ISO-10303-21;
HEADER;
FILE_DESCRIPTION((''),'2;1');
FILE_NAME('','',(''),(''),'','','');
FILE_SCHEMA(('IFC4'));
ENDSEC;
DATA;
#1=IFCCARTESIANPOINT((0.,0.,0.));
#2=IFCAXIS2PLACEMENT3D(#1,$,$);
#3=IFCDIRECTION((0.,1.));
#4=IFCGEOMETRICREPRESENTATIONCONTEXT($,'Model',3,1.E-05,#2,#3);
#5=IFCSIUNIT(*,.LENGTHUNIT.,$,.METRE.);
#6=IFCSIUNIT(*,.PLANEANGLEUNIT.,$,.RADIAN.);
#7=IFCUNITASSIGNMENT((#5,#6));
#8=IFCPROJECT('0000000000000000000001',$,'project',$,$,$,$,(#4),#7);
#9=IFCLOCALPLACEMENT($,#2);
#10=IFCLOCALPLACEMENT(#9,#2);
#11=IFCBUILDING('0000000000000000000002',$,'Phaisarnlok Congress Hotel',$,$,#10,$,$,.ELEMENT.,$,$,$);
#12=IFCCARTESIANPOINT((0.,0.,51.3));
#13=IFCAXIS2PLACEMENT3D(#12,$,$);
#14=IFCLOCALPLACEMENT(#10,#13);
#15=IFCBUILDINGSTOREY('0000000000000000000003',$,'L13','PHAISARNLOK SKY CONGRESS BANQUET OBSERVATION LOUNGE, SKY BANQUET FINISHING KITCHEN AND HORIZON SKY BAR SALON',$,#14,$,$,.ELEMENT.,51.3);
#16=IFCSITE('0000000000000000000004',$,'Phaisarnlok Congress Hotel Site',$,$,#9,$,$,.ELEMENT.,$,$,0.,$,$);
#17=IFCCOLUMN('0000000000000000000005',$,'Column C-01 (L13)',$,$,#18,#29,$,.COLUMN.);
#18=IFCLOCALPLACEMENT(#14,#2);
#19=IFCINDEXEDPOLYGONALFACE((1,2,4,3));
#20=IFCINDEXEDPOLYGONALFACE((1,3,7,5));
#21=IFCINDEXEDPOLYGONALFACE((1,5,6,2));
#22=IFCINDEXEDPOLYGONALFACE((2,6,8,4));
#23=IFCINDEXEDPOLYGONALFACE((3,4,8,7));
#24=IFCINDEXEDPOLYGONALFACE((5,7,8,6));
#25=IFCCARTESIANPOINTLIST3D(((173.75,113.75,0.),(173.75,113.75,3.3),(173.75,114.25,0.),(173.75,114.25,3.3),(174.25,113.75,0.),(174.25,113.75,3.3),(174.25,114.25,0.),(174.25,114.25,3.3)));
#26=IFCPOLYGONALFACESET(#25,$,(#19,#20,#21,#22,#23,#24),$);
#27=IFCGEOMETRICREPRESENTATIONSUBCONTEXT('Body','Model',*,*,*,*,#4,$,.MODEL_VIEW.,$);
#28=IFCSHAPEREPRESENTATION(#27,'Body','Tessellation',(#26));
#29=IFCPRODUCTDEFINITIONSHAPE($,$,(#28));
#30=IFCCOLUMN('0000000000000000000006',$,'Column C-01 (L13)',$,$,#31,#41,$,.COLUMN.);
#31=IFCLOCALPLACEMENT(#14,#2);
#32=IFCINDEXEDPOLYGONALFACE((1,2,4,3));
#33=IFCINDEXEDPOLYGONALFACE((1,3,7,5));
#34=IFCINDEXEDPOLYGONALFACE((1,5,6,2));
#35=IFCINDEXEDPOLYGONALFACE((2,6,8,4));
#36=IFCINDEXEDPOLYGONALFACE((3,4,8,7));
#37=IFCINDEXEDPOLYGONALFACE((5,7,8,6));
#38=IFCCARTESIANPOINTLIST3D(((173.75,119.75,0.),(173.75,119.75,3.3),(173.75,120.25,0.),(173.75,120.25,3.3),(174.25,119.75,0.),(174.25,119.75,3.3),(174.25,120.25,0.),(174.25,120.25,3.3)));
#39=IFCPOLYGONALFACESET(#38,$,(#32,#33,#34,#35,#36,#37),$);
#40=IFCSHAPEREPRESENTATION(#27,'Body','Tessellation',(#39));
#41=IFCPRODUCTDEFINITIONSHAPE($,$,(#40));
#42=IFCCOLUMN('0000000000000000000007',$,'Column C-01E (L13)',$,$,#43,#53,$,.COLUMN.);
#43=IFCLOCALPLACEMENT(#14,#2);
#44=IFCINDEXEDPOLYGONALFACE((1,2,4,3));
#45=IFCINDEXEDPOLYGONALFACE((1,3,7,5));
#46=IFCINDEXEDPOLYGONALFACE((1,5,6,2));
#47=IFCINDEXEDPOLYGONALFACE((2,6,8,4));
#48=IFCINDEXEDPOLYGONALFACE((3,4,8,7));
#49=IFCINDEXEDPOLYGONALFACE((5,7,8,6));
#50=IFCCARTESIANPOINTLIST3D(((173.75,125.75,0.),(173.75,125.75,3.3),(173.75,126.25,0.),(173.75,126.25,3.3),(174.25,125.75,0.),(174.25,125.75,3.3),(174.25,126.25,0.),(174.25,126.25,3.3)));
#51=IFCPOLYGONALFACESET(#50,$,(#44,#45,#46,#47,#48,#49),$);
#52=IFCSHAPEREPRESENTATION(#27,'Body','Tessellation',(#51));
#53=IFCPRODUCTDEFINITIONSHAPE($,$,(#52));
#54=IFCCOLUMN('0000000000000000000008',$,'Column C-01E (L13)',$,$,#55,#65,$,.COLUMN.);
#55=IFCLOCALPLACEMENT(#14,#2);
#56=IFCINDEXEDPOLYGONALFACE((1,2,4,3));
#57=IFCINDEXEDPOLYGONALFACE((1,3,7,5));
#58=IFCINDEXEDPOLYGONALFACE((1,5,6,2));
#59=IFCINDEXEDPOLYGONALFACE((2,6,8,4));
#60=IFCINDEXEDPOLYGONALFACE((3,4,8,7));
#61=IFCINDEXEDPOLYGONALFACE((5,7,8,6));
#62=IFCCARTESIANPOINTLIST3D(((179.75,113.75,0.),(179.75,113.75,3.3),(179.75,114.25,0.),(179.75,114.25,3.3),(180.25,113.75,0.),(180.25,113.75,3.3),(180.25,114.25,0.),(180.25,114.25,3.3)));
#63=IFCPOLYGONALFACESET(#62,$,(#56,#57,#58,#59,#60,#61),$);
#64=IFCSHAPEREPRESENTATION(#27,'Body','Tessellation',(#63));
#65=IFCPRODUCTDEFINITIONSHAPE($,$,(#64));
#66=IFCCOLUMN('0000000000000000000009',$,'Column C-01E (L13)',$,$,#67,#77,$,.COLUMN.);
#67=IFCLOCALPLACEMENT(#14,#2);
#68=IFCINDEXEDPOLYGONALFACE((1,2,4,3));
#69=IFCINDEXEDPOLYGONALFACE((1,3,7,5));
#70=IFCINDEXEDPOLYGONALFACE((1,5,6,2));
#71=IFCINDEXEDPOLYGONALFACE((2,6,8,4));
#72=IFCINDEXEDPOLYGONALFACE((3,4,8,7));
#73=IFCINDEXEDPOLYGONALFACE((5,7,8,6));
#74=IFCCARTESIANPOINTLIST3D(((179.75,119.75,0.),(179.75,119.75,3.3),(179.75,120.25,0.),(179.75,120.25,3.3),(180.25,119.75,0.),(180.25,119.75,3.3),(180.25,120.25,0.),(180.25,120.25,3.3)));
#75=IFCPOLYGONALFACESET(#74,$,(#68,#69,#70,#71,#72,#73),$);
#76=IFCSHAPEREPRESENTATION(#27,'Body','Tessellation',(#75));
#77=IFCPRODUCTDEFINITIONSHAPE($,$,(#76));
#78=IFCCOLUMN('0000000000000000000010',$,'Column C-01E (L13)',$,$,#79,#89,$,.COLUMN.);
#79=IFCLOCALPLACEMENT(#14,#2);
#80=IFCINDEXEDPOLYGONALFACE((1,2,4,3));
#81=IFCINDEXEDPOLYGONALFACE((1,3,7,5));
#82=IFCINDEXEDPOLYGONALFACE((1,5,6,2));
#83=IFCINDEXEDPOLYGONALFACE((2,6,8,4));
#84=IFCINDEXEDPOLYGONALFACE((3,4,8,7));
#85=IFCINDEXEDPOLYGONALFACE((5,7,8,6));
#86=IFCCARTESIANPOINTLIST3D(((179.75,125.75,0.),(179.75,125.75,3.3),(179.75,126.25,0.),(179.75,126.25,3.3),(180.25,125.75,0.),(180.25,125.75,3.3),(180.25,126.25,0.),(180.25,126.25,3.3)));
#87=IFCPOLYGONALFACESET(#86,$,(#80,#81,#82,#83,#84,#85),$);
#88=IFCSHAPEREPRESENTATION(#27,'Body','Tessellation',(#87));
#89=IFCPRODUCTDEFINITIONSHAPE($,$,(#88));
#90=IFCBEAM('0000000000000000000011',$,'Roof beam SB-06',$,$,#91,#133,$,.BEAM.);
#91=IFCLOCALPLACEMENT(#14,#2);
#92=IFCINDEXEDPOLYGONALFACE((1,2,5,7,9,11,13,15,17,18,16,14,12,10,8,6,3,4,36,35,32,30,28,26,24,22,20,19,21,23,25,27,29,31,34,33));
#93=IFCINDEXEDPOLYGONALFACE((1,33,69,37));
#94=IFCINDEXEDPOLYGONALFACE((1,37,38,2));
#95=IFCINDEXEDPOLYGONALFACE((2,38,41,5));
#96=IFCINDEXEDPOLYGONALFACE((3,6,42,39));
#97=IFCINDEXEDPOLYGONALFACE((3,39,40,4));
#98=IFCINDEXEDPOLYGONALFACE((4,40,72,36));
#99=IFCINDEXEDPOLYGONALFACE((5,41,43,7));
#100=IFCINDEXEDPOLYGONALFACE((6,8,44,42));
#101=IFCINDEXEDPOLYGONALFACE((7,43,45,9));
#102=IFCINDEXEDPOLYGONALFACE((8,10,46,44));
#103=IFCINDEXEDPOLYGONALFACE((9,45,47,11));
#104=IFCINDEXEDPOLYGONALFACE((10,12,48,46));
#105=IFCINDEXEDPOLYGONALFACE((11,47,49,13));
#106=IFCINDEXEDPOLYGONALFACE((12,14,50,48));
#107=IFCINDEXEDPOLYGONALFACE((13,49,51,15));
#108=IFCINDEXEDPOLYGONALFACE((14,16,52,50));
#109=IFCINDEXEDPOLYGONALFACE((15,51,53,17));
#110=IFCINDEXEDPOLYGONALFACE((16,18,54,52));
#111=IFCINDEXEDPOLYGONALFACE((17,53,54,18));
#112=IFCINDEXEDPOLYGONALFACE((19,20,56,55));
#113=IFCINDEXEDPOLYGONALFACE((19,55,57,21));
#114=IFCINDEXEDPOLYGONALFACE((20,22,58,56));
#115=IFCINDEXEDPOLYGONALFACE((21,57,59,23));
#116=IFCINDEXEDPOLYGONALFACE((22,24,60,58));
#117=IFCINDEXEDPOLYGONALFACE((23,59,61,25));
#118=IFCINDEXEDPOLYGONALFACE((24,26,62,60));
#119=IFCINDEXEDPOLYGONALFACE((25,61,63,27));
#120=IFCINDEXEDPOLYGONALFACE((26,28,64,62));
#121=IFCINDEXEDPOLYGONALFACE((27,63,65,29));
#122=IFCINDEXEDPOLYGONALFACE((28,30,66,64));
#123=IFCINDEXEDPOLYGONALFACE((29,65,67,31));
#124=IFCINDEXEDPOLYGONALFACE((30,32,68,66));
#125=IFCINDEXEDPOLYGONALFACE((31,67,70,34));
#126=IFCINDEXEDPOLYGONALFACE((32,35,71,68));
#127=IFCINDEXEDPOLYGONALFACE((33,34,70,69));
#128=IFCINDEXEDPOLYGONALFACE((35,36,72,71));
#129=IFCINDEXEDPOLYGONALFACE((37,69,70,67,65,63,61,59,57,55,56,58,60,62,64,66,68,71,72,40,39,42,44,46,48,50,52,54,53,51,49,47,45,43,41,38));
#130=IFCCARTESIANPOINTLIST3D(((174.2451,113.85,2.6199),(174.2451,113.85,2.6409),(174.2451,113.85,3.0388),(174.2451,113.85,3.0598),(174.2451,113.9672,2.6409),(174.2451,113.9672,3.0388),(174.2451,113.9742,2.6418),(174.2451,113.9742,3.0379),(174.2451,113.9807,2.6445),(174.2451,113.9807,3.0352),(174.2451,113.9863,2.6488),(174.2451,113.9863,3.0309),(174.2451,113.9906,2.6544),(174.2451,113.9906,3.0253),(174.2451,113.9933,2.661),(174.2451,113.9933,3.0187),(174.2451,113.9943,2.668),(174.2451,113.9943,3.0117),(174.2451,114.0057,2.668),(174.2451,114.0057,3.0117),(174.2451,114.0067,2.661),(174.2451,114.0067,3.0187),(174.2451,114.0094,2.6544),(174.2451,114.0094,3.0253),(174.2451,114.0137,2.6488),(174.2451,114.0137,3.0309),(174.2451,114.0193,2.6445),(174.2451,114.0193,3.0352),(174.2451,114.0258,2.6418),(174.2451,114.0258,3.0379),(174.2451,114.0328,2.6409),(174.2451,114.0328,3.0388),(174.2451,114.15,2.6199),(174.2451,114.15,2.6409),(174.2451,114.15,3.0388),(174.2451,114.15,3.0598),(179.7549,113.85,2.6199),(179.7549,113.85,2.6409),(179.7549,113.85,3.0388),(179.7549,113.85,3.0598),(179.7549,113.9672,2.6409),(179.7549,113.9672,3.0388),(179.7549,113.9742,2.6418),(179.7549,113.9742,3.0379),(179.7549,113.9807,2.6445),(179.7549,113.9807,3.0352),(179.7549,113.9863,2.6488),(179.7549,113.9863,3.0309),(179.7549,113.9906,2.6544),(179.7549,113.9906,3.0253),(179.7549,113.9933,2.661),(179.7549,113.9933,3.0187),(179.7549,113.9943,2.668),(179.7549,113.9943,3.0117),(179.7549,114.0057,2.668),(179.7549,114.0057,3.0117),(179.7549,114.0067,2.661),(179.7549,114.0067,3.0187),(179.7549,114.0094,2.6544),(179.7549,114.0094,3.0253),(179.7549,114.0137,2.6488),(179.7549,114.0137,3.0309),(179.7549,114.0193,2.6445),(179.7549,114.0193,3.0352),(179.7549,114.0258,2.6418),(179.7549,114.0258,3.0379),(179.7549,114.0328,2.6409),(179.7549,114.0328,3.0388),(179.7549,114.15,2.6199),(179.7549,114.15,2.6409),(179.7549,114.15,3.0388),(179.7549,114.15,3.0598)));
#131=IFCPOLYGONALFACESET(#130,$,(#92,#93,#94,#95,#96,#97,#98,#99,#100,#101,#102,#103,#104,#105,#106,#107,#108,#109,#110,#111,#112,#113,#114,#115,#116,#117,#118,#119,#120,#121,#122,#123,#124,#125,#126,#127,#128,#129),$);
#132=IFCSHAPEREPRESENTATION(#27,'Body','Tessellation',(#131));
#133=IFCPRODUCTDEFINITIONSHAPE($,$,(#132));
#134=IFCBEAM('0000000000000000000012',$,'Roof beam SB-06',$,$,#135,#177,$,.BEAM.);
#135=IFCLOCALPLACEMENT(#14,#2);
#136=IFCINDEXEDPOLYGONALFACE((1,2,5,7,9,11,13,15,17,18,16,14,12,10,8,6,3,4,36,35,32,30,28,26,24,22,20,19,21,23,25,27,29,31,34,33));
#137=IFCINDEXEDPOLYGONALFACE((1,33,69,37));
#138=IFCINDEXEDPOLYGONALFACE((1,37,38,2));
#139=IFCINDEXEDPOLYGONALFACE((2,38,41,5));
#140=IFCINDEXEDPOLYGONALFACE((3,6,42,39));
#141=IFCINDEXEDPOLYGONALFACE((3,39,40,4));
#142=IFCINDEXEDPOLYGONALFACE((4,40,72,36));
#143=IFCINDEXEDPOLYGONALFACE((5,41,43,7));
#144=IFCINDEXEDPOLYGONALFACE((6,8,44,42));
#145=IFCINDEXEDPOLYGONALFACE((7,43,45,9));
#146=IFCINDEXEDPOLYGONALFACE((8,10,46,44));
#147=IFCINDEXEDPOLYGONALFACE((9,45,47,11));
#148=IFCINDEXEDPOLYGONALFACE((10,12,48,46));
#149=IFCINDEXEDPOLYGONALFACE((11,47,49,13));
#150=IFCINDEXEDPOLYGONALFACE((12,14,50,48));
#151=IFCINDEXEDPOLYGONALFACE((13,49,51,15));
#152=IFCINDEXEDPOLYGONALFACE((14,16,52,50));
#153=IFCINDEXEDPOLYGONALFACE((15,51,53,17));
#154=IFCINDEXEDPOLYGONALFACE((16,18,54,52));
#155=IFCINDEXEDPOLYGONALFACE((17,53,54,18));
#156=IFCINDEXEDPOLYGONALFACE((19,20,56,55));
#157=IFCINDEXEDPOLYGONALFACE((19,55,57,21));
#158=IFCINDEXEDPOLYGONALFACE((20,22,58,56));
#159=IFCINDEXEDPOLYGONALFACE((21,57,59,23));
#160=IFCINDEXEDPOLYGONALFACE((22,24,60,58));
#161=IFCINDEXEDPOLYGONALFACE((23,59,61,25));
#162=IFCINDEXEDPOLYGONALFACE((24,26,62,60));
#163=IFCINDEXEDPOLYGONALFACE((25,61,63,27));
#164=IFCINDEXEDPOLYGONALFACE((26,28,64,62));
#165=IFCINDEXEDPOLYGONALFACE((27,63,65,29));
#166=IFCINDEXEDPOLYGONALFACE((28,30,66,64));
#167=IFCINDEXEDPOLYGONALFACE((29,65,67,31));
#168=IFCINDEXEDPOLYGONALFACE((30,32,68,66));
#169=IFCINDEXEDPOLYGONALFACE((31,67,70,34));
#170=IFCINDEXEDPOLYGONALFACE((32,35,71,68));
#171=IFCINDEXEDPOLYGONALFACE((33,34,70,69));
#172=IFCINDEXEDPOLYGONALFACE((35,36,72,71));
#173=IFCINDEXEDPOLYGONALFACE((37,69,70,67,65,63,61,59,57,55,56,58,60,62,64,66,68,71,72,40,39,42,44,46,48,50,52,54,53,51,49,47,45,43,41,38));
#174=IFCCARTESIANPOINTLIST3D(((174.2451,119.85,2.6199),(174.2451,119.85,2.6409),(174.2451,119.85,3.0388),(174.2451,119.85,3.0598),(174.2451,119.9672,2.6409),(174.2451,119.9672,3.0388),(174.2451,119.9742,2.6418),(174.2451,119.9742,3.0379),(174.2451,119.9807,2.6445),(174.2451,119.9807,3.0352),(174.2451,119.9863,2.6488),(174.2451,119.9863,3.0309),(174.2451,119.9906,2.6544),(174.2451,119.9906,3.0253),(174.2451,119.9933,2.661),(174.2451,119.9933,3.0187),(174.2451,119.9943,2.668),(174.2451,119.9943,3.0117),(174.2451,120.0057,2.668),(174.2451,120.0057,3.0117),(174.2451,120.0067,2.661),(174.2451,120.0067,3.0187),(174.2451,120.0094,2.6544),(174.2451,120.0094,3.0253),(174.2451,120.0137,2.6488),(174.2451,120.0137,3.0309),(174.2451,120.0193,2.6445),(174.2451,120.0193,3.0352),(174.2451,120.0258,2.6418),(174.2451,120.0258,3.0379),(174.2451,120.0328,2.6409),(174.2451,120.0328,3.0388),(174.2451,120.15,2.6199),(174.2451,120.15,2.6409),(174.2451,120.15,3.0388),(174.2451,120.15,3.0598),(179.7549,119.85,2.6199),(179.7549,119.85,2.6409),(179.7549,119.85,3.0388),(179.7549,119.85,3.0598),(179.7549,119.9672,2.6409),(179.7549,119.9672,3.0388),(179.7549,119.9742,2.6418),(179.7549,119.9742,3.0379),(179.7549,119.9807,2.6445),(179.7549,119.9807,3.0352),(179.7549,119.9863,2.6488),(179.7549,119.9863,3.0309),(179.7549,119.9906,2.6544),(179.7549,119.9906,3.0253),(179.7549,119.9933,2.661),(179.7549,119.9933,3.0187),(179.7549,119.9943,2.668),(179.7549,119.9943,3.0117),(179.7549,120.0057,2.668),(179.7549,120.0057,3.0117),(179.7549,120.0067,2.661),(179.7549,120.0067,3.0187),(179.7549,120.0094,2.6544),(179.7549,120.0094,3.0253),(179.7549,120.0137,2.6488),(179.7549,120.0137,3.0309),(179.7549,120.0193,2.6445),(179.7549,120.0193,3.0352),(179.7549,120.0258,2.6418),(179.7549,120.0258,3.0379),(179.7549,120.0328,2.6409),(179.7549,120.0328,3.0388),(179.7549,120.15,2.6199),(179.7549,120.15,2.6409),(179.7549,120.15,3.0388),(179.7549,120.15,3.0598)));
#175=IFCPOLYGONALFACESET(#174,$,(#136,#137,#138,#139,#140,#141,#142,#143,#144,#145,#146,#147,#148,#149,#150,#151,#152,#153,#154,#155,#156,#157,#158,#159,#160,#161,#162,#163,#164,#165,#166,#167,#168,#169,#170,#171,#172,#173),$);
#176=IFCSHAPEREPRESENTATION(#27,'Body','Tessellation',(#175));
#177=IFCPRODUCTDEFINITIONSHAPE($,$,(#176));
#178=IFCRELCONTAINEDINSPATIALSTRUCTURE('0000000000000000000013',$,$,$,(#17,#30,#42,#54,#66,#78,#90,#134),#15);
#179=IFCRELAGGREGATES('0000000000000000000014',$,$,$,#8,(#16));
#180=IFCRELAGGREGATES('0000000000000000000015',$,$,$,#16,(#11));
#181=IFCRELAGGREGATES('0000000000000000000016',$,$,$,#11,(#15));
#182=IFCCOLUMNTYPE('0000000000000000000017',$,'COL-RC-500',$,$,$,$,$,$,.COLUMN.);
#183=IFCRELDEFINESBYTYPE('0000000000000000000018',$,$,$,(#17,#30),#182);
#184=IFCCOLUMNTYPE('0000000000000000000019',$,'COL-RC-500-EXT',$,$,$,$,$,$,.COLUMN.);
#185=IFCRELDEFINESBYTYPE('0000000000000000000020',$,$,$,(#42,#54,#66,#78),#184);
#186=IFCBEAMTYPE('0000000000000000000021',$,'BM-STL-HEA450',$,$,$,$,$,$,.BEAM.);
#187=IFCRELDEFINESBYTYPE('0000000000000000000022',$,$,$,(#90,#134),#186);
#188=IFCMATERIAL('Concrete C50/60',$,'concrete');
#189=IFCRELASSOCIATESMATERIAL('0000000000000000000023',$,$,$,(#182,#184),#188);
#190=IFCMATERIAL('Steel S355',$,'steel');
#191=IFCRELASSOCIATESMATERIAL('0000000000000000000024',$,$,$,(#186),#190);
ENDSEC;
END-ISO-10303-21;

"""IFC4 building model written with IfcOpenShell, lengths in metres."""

from ifc_helpers import new_model, si_unit, direction, frame, origin, origin_2d, place, context, subcontext, project, spatial, rectangle, i_section, extrude, material, material_profile, profile_set, type_object, element, save


model = new_model("IFC4")

# Units and contexts
model_context = context("Model", 3, precision=1e-05, world=origin(), true_north=direction((0.0, 1.0)))
body_context = subcontext(model_context, "Body", "Model", "MODEL_VIEW")
ifc_project = project(units=[si_unit("LENGTHUNIT", "METRE"), si_unit("PLANEANGLEUNIT", "RADIAN")], contexts=[model_context])

# Site, building, storey
site_placement = place(None, origin())
site = spatial("IfcSite", under=ifc_project, at=site_placement, Name="Phaisarnlok Congress Hotel Site", CompositionType="ELEMENT", RefElevation=0.0)
building_placement = place(site_placement, origin())
building = spatial("IfcBuilding", under=site, at=building_placement, Name="Phaisarnlok Congress Hotel", CompositionType="ELEMENT")
storey_placement = place(building_placement, frame((0.0, 0.0, 51.3)))
storey = spatial("IfcBuildingStorey", under=building, at=storey_placement, Name="L13", Description="PHAISARNLOK SKY CONGRESS BANQUET OBSERVATION LOUNGE, SKY BANQUET FINISHING KITCHEN AND HORIZON SKY BAR SALON", CompositionType="ELEMENT", Elevation=51.3)

# Columns
ifc_material_1 = material(Name="Concrete C50/60", Category="concrete")
ifc_material_profile_1 = material_profile(ifc_material_1, rectangle(XDim=0.5, YDim=0.5, at=origin_2d()), Name="RC 500x500")
ifc_profile_set_1 = profile_set([ifc_material_profile_1], Name="Concrete C50/60")
column_type_1 = type_object("IfcColumnType", Name="COL-RC-500", PredefinedType="COLUMN", material=ifc_profile_set_1)
for number, where, z_axis, x_axis, name in (
    (1, (174.0, 114.0, 0.0), (0.0, 0.0, 1.0), (1.0, 0.0, 0.0), "Column C-01 (L13)"),
    (2, (174.0, 120.0, 0.0), (0.0, 0.0, 1.0), (1.0, 0.0, 0.0), "Column C-01 (L13)"),
):
    element("IfcColumn", number, at=place(storey_placement, frame(where, z_axis=z_axis, x_axis=x_axis)), inside=storey, type_object=column_type_1, Name=name, PredefinedType="COLUMN", context=body_context, shape_type="SweptSolid", body=[
        extrude(rectangle(XDim=0.5, YDim=0.5, at=origin_2d()), origin(), (0.0, 0.0, 1.0), 3.3),
    ])
ifc_material_profile_2 = material_profile(ifc_material_1, rectangle(XDim=0.5, YDim=0.5, at=origin_2d()), Name="RC 500x500")
ifc_profile_set_2 = profile_set([ifc_material_profile_2], Name="Concrete C50/60")
column_type_2 = type_object("IfcColumnType", Name="COL-RC-500-EXT", PredefinedType="COLUMN", material=ifc_profile_set_2)
for number, where, z_axis, x_axis, name in (
    (3, (174.0, 126.0, 0.0), (0.0, 0.0, 1.0), (1.0, 0.0, 0.0), "Column C-01E (L13)"),
    (4, (180.0, 114.0, 0.0), (0.0, 0.0, 1.0), (1.0, 0.0, 0.0), "Column C-01E (L13)"),
    (5, (180.0, 120.0, 0.0), (0.0, 0.0, 1.0), (1.0, 0.0, 0.0), "Column C-01E (L13)"),
    (6, (180.0, 126.0, 0.0), (0.0, 0.0, 1.0), (1.0, 0.0, 0.0), "Column C-01E (L13)"),
):
    element("IfcColumn", number, at=place(storey_placement, frame(where, z_axis=z_axis, x_axis=x_axis)), inside=storey, type_object=column_type_2, Name=name, PredefinedType="COLUMN", context=body_context, shape_type="SweptSolid", body=[
        extrude(rectangle(XDim=0.5, YDim=0.5, at=origin_2d()), origin(), (0.0, 0.0, 1.0), 3.3),
    ])

# Beams
ifc_material_2 = material(Name="Steel S355", Category="steel")
ifc_material_profile_3 = material_profile(ifc_material_2, i_section(OverallWidth=0.3, OverallDepth=0.4399, WebThickness=0.0115, FlangeThickness=0.021, FilletRadius=0.0271, at=origin_2d()), Name="HEA 450")
ifc_profile_set_3 = profile_set([ifc_material_profile_3], Name="Steel S355")
beam_type_1 = type_object("IfcBeamType", Name="BM-STL-HEA450", PredefinedType="BEAM", material=ifc_profile_set_3)
for number, where, z_axis, x_axis, name in (
    (7, (174.2451, 114.0, 2.8398), (1.0, 0.0, 0.0), (0.0, 1.0, 0.0), "Roof beam SB-06"),
    (8, (174.2451, 120.0, 2.8398), (1.0, 0.0, 0.0), (0.0, 1.0, 0.0), "Roof beam SB-06"),
):
    element("IfcBeam", number, at=place(storey_placement, frame(where, z_axis=z_axis, x_axis=x_axis)), inside=storey, type_object=beam_type_1, Name=name, PredefinedType="BEAM", context=body_context, shape_type="SweptSolid", body=[
        extrude(i_section(OverallWidth=0.3, OverallDepth=0.4399, WebThickness=0.0115, FlangeThickness=0.021, FilletRadius=0.0271, at=origin_2d()), origin(), (0.0, 0.0, 1.0), 5.5098),
    ])

save(model, "model.ifc")
